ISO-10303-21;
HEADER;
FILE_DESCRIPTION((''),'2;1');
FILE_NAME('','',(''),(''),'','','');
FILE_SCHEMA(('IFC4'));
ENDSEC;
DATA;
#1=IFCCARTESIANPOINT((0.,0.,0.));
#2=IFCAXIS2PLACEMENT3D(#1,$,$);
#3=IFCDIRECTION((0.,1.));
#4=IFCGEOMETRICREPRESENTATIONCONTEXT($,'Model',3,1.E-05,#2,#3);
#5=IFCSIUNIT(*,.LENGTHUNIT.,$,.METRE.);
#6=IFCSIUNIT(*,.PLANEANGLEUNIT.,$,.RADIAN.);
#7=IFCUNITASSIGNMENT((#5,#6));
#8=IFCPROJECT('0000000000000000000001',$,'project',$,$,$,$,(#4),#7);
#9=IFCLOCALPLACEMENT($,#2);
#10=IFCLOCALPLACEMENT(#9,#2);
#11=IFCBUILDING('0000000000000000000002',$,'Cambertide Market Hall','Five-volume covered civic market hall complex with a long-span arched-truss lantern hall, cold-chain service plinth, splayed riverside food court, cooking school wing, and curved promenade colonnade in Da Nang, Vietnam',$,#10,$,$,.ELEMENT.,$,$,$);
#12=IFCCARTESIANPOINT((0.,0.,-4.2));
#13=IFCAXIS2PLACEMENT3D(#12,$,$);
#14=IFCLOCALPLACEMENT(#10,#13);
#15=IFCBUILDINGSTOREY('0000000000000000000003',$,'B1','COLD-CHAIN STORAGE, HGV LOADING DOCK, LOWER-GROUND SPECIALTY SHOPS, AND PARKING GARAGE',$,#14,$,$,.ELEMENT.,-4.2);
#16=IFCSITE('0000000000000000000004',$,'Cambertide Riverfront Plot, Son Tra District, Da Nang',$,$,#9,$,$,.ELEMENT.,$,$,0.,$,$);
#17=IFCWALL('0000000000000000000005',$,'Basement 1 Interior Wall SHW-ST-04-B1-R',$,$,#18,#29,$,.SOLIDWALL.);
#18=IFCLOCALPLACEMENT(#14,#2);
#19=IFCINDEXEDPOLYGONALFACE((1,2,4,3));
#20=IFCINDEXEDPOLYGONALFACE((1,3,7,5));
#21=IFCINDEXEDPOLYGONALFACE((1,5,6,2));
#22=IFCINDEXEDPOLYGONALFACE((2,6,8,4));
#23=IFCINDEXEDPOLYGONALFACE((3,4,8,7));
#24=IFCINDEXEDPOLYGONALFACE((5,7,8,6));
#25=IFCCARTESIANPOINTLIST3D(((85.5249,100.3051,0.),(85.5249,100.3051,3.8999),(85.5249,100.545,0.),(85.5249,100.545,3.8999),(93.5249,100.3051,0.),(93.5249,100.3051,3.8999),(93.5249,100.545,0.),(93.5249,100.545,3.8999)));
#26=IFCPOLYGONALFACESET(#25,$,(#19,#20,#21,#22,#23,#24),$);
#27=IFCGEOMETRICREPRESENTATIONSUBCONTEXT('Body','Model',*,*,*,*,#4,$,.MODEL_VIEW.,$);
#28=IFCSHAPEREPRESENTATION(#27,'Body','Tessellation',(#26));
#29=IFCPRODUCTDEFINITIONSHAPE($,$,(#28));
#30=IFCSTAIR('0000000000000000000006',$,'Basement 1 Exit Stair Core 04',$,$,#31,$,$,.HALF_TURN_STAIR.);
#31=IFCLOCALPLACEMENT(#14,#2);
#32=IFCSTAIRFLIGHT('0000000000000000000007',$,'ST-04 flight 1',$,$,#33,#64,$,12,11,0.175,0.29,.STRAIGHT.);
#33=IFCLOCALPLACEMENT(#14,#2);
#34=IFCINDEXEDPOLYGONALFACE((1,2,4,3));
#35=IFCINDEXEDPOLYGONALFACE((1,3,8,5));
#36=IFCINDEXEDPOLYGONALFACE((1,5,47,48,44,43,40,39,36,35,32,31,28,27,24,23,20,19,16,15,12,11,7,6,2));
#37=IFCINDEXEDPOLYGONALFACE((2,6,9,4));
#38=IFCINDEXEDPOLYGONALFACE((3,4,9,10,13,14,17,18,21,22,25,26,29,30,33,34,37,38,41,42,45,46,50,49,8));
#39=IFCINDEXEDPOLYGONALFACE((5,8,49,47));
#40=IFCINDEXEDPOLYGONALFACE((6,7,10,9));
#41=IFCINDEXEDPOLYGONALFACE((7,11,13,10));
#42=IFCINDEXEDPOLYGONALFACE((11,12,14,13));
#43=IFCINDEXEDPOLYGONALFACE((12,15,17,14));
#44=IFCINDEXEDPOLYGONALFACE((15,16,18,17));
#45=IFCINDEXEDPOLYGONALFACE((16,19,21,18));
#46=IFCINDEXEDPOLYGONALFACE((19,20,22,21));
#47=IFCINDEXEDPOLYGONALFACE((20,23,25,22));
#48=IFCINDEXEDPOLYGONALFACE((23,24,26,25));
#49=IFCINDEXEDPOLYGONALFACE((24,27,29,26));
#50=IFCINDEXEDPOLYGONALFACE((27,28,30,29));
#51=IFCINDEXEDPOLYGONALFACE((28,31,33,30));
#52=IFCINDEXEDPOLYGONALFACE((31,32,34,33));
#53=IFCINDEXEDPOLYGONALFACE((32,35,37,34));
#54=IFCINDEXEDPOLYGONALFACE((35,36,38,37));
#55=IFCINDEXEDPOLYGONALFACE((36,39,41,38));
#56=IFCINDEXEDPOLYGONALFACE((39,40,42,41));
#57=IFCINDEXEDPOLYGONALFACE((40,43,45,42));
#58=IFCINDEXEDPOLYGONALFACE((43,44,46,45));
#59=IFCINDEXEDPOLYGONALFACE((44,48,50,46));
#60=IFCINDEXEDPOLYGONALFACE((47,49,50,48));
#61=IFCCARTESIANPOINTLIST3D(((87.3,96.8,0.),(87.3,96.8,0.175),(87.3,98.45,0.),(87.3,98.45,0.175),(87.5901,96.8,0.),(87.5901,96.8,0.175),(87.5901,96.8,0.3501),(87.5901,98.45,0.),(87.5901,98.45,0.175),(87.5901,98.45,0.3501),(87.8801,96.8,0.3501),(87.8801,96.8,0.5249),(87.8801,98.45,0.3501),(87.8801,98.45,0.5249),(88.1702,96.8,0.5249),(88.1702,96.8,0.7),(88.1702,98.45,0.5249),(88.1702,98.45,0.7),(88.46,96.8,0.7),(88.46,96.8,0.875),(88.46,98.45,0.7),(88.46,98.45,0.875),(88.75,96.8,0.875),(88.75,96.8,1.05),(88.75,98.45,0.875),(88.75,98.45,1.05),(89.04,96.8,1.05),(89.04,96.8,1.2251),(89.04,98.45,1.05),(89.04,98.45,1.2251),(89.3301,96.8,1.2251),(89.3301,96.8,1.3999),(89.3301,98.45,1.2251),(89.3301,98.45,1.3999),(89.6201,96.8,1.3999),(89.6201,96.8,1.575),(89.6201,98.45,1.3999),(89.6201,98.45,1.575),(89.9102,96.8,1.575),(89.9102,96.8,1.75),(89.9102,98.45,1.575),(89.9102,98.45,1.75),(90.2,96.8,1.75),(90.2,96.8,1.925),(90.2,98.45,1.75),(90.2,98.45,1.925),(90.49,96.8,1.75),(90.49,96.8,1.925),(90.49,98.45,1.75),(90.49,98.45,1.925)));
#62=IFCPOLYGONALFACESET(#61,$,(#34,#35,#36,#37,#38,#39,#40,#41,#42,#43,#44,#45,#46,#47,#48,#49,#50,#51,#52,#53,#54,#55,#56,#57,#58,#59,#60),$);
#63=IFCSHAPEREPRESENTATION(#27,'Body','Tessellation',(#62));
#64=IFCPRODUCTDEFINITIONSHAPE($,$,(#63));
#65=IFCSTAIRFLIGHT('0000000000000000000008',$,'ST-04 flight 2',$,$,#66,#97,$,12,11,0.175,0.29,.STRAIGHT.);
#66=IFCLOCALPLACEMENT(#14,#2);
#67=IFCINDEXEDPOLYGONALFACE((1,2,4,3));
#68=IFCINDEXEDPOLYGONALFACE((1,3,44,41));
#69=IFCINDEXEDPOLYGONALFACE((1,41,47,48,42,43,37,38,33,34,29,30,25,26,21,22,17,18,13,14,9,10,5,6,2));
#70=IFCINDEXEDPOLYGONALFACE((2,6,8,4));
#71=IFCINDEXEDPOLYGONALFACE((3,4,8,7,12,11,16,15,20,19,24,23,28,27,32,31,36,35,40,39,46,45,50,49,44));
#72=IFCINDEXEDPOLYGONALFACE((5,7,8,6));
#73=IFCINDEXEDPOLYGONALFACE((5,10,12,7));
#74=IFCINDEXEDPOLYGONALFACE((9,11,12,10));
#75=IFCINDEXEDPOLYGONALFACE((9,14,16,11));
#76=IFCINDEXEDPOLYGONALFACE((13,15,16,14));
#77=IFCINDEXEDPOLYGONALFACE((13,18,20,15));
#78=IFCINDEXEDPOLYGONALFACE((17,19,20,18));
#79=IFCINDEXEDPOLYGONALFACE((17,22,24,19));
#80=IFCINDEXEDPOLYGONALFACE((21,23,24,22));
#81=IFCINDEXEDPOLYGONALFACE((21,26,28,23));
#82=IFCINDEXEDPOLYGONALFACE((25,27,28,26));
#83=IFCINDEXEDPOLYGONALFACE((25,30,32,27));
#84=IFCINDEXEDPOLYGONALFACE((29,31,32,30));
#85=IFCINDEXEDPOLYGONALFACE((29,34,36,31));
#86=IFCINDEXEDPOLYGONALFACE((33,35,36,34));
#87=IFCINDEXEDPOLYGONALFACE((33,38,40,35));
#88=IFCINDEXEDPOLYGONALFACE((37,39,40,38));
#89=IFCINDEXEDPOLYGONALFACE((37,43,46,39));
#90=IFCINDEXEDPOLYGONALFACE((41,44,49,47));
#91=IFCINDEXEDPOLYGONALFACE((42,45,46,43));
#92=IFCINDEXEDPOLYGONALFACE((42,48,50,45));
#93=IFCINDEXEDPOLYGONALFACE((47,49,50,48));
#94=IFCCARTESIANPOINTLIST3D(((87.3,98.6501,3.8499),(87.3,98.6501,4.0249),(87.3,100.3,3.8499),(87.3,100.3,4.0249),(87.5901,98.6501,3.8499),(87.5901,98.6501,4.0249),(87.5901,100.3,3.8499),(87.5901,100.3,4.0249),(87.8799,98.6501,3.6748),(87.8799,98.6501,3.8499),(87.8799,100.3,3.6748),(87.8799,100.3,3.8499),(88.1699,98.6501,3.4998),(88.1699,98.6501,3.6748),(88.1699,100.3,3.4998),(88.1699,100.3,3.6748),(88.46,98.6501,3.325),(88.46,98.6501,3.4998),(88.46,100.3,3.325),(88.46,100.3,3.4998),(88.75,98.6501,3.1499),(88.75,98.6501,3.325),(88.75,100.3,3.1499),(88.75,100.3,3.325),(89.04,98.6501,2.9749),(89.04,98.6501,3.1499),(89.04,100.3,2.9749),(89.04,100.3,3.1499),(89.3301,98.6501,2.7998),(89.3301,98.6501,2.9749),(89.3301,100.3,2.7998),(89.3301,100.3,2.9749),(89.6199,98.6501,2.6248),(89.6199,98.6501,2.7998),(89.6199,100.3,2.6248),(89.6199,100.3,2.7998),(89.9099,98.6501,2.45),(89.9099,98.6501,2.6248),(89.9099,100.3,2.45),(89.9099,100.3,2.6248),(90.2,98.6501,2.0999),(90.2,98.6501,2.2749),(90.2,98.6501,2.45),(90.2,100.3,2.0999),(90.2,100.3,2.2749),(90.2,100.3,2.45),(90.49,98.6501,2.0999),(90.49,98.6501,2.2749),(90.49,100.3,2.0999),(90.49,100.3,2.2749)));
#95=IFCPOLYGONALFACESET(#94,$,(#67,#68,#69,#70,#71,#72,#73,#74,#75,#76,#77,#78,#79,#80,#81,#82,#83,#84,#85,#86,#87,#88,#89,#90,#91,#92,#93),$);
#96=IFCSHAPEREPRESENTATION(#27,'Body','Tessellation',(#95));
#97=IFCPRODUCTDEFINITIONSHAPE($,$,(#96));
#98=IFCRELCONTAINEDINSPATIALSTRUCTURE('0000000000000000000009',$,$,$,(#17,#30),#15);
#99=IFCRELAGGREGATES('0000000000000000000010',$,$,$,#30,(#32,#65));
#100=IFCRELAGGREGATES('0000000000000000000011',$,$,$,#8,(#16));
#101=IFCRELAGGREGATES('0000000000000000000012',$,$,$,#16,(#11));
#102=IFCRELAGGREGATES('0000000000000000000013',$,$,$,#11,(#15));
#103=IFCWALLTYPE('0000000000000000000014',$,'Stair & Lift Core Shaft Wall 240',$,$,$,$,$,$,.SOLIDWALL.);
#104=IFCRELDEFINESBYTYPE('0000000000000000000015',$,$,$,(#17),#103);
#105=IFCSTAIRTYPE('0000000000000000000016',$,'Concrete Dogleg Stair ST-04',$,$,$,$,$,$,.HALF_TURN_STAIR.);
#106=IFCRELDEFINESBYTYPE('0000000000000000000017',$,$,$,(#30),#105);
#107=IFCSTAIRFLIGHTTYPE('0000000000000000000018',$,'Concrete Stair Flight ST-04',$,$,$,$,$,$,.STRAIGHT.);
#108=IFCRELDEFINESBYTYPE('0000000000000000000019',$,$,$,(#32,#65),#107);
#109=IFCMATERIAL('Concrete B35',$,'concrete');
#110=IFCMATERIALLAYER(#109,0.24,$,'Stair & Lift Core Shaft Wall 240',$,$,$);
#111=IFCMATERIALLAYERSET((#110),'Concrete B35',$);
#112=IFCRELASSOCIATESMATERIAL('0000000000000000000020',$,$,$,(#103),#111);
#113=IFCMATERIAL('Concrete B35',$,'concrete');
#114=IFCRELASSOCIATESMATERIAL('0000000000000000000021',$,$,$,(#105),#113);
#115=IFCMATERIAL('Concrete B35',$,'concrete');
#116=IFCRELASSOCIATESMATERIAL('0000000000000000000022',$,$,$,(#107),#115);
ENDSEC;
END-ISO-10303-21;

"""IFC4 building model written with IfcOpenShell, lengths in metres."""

from ifc_helpers import new_model, si_unit, direction, frame, frame_2d, origin, place, context, subcontext, project, spatial, polyline, rectangle, outline, extrude, material, layer, layer_set, type_object, element, aggregate, save


model = new_model("IFC4")

# Units and contexts
model_context = context("Model", 3, precision=1e-05, world=origin(), true_north=direction((0.0, 1.0)))
body_context = subcontext(model_context, "Body", "Model", "MODEL_VIEW")
ifc_project = project(units=[si_unit("LENGTHUNIT", "METRE"), si_unit("PLANEANGLEUNIT", "RADIAN")], contexts=[model_context])

# Site, building, storey
site_placement = place(None, origin())
site = spatial("IfcSite", under=ifc_project, at=site_placement, Name="Cambertide Riverfront Plot, Son Tra District, Da Nang", CompositionType="ELEMENT", RefElevation=0.0)
building_placement = place(site_placement, origin())
building = spatial("IfcBuilding", under=site, at=building_placement, Name="Cambertide Market Hall", Description="Five-volume covered civic market hall complex with a long-span arched-truss lantern hall, cold-chain service plinth, splayed riverside food court, cooking school wing, and curved promenade colonnade in Da Nang, Vietnam", CompositionType="ELEMENT")
storey_placement = place(building_placement, frame((0.0, 0.0, -4.2)))
storey = spatial("IfcBuildingStorey", under=building, at=storey_placement, Name="B1", Description="COLD-CHAIN STORAGE, HGV LOADING DOCK, LOWER-GROUND SPECIALTY SHOPS, AND PARKING GARAGE", CompositionType="ELEMENT", Elevation=-4.2)

# Shared definitions
ifc_material_1 = material(Name="Concrete B35", Category="concrete")
ifc_layer_1 = layer(ifc_material_1, 0.24, Name="Stair & Lift Core Shaft Wall 240")
ifc_layer_set_1 = layer_set([ifc_layer_1], Name="Concrete B35")
wall_type_1 = type_object("IfcWallType", Name="Stair & Lift Core Shaft Wall 240", PredefinedType="SOLIDWALL", material=ifc_layer_set_1)

# Wall
wall_1_placement = place(storey_placement, frame((85.5249, 100.425, 0.0), z_axis=(0.0, 0.0, 1.0), x_axis=(1.0, 0.0, 0.0)))
element("IfcWall", 1, at=wall_1_placement, inside=storey, type_object=wall_type_1, Name="Basement 1 Interior Wall SHW-ST-04-B1-R", PredefinedType="SOLIDWALL", context=body_context, shape_type="SweptSolid", body=[
    extrude(rectangle(XDim=8.0, YDim=0.24, at=frame_2d((4.0, 0.0))), origin(), (0.0, 0.0, 1.0), 3.8999),
])

# Stair, stair flights
ifc_material_2 = material(Name="Concrete B35", Category="concrete")
stair_type = type_object("IfcStairType", Name="Concrete Dogleg Stair ST-04", PredefinedType="HALF_TURN_STAIR", material=ifc_material_2)
stair_placement = place(storey_placement, origin())
stair = element("IfcStair", 2, at=stair_placement, inside=storey, type_object=stair_type, Name="Basement 1 Exit Stair Core 04", PredefinedType="HALF_TURN_STAIR")
ifc_material_3 = material(Name="Concrete B35", Category="concrete")
stair_flight_type = type_object("IfcStairFlightType", Name="Concrete Stair Flight ST-04", PredefinedType="STRAIGHT", material=ifc_material_3)
stair_flight_1_placement = place(storey_placement, frame((87.3, 97.625, 0.0), z_axis=(0.0, 0.0, 1.0), x_axis=(1.0, 0.0, 0.0)))
stair_flight_1 = element("IfcStairFlight", 3, at=stair_flight_1_placement, type_object=stair_flight_type, Name="ST-04 flight 1", NumberOfRisers=12, NumberOfTreads=11, PredefinedType="STRAIGHT", RiserHeight=0.175, TreadLength=0.29, context=body_context, shape_type="SweptSolid", body=[
    extrude(outline(polyline([(0.0, 0.0), (0.0, 0.175), (0.29, 0.175), (0.29, 0.3501), (0.5801, 0.3501), (0.5801, 0.5249), (0.8701, 0.5249), (0.8701, 0.7), (1.1599, 0.7), (1.1599, 0.875), (1.45, 0.875), (1.45, 1.05), (1.74, 1.05), (1.74, 1.2251), (2.03, 1.2251), (2.03, 1.3999), (2.3201, 1.3999), (2.3201, 1.575), (2.6101, 1.575), (2.6101, 1.75), (2.8999, 1.75), (2.8999, 1.925), (3.1899, 1.925), (3.1899, 2.1001), (3.1899, 1.75), (0.29, 0.0), (0.0, 0.0)])), frame((0.0, 0.825, 0.0), z_axis=(0.0, -1.0, 0.0), x_axis=(1.0, 0.0, 0.0)), (0.0, 0.0, 1.0), 1.6499),
])
stair_flight_2_placement = place(storey_placement, frame((90.49, 99.4751, 2.0999), z_axis=(0.0, 0.0, 1.0), x_axis=(-1.0, 0.0, 0.0)))
stair_flight_2 = element("IfcStairFlight", 4, at=stair_flight_2_placement, type_object=stair_flight_type, Name="ST-04 flight 2", NumberOfRisers=12, NumberOfTreads=11, PredefinedType="STRAIGHT", RiserHeight=0.175, TreadLength=0.29, context=body_context, shape_type="SweptSolid", body=[
    extrude(outline(polyline([(0.0, 0.0), (0.0, 0.175), (0.29, 0.175), (0.29, 0.3501), (0.5801, 0.3501), (0.5801, 0.5249), (0.8701, 0.5249), (0.8701, 0.7), (1.1599, 0.7), (1.1599, 0.875), (1.45, 0.875), (1.45, 1.05), (1.74, 1.05), (1.74, 1.2251), (2.03, 1.2251), (2.03, 1.3999), (2.3201, 1.3999), (2.3201, 1.575), (2.6101, 1.575), (2.6101, 1.75), (2.8999, 1.75), (2.8999, 1.925), (3.1899, 1.925), (3.1899, 2.1001), (3.1899, 1.75), (0.29, 0.0), (0.0, 0.0)])), frame((0.0, 0.825, 0.0), z_axis=(0.0, -1.0, 0.0), x_axis=(1.0, 0.0, 0.0)), (0.0, 0.0, 1.0), 1.6499),
])
aggregate(stair, [stair_flight_1, stair_flight_2])

save(model, "model.ifc")
